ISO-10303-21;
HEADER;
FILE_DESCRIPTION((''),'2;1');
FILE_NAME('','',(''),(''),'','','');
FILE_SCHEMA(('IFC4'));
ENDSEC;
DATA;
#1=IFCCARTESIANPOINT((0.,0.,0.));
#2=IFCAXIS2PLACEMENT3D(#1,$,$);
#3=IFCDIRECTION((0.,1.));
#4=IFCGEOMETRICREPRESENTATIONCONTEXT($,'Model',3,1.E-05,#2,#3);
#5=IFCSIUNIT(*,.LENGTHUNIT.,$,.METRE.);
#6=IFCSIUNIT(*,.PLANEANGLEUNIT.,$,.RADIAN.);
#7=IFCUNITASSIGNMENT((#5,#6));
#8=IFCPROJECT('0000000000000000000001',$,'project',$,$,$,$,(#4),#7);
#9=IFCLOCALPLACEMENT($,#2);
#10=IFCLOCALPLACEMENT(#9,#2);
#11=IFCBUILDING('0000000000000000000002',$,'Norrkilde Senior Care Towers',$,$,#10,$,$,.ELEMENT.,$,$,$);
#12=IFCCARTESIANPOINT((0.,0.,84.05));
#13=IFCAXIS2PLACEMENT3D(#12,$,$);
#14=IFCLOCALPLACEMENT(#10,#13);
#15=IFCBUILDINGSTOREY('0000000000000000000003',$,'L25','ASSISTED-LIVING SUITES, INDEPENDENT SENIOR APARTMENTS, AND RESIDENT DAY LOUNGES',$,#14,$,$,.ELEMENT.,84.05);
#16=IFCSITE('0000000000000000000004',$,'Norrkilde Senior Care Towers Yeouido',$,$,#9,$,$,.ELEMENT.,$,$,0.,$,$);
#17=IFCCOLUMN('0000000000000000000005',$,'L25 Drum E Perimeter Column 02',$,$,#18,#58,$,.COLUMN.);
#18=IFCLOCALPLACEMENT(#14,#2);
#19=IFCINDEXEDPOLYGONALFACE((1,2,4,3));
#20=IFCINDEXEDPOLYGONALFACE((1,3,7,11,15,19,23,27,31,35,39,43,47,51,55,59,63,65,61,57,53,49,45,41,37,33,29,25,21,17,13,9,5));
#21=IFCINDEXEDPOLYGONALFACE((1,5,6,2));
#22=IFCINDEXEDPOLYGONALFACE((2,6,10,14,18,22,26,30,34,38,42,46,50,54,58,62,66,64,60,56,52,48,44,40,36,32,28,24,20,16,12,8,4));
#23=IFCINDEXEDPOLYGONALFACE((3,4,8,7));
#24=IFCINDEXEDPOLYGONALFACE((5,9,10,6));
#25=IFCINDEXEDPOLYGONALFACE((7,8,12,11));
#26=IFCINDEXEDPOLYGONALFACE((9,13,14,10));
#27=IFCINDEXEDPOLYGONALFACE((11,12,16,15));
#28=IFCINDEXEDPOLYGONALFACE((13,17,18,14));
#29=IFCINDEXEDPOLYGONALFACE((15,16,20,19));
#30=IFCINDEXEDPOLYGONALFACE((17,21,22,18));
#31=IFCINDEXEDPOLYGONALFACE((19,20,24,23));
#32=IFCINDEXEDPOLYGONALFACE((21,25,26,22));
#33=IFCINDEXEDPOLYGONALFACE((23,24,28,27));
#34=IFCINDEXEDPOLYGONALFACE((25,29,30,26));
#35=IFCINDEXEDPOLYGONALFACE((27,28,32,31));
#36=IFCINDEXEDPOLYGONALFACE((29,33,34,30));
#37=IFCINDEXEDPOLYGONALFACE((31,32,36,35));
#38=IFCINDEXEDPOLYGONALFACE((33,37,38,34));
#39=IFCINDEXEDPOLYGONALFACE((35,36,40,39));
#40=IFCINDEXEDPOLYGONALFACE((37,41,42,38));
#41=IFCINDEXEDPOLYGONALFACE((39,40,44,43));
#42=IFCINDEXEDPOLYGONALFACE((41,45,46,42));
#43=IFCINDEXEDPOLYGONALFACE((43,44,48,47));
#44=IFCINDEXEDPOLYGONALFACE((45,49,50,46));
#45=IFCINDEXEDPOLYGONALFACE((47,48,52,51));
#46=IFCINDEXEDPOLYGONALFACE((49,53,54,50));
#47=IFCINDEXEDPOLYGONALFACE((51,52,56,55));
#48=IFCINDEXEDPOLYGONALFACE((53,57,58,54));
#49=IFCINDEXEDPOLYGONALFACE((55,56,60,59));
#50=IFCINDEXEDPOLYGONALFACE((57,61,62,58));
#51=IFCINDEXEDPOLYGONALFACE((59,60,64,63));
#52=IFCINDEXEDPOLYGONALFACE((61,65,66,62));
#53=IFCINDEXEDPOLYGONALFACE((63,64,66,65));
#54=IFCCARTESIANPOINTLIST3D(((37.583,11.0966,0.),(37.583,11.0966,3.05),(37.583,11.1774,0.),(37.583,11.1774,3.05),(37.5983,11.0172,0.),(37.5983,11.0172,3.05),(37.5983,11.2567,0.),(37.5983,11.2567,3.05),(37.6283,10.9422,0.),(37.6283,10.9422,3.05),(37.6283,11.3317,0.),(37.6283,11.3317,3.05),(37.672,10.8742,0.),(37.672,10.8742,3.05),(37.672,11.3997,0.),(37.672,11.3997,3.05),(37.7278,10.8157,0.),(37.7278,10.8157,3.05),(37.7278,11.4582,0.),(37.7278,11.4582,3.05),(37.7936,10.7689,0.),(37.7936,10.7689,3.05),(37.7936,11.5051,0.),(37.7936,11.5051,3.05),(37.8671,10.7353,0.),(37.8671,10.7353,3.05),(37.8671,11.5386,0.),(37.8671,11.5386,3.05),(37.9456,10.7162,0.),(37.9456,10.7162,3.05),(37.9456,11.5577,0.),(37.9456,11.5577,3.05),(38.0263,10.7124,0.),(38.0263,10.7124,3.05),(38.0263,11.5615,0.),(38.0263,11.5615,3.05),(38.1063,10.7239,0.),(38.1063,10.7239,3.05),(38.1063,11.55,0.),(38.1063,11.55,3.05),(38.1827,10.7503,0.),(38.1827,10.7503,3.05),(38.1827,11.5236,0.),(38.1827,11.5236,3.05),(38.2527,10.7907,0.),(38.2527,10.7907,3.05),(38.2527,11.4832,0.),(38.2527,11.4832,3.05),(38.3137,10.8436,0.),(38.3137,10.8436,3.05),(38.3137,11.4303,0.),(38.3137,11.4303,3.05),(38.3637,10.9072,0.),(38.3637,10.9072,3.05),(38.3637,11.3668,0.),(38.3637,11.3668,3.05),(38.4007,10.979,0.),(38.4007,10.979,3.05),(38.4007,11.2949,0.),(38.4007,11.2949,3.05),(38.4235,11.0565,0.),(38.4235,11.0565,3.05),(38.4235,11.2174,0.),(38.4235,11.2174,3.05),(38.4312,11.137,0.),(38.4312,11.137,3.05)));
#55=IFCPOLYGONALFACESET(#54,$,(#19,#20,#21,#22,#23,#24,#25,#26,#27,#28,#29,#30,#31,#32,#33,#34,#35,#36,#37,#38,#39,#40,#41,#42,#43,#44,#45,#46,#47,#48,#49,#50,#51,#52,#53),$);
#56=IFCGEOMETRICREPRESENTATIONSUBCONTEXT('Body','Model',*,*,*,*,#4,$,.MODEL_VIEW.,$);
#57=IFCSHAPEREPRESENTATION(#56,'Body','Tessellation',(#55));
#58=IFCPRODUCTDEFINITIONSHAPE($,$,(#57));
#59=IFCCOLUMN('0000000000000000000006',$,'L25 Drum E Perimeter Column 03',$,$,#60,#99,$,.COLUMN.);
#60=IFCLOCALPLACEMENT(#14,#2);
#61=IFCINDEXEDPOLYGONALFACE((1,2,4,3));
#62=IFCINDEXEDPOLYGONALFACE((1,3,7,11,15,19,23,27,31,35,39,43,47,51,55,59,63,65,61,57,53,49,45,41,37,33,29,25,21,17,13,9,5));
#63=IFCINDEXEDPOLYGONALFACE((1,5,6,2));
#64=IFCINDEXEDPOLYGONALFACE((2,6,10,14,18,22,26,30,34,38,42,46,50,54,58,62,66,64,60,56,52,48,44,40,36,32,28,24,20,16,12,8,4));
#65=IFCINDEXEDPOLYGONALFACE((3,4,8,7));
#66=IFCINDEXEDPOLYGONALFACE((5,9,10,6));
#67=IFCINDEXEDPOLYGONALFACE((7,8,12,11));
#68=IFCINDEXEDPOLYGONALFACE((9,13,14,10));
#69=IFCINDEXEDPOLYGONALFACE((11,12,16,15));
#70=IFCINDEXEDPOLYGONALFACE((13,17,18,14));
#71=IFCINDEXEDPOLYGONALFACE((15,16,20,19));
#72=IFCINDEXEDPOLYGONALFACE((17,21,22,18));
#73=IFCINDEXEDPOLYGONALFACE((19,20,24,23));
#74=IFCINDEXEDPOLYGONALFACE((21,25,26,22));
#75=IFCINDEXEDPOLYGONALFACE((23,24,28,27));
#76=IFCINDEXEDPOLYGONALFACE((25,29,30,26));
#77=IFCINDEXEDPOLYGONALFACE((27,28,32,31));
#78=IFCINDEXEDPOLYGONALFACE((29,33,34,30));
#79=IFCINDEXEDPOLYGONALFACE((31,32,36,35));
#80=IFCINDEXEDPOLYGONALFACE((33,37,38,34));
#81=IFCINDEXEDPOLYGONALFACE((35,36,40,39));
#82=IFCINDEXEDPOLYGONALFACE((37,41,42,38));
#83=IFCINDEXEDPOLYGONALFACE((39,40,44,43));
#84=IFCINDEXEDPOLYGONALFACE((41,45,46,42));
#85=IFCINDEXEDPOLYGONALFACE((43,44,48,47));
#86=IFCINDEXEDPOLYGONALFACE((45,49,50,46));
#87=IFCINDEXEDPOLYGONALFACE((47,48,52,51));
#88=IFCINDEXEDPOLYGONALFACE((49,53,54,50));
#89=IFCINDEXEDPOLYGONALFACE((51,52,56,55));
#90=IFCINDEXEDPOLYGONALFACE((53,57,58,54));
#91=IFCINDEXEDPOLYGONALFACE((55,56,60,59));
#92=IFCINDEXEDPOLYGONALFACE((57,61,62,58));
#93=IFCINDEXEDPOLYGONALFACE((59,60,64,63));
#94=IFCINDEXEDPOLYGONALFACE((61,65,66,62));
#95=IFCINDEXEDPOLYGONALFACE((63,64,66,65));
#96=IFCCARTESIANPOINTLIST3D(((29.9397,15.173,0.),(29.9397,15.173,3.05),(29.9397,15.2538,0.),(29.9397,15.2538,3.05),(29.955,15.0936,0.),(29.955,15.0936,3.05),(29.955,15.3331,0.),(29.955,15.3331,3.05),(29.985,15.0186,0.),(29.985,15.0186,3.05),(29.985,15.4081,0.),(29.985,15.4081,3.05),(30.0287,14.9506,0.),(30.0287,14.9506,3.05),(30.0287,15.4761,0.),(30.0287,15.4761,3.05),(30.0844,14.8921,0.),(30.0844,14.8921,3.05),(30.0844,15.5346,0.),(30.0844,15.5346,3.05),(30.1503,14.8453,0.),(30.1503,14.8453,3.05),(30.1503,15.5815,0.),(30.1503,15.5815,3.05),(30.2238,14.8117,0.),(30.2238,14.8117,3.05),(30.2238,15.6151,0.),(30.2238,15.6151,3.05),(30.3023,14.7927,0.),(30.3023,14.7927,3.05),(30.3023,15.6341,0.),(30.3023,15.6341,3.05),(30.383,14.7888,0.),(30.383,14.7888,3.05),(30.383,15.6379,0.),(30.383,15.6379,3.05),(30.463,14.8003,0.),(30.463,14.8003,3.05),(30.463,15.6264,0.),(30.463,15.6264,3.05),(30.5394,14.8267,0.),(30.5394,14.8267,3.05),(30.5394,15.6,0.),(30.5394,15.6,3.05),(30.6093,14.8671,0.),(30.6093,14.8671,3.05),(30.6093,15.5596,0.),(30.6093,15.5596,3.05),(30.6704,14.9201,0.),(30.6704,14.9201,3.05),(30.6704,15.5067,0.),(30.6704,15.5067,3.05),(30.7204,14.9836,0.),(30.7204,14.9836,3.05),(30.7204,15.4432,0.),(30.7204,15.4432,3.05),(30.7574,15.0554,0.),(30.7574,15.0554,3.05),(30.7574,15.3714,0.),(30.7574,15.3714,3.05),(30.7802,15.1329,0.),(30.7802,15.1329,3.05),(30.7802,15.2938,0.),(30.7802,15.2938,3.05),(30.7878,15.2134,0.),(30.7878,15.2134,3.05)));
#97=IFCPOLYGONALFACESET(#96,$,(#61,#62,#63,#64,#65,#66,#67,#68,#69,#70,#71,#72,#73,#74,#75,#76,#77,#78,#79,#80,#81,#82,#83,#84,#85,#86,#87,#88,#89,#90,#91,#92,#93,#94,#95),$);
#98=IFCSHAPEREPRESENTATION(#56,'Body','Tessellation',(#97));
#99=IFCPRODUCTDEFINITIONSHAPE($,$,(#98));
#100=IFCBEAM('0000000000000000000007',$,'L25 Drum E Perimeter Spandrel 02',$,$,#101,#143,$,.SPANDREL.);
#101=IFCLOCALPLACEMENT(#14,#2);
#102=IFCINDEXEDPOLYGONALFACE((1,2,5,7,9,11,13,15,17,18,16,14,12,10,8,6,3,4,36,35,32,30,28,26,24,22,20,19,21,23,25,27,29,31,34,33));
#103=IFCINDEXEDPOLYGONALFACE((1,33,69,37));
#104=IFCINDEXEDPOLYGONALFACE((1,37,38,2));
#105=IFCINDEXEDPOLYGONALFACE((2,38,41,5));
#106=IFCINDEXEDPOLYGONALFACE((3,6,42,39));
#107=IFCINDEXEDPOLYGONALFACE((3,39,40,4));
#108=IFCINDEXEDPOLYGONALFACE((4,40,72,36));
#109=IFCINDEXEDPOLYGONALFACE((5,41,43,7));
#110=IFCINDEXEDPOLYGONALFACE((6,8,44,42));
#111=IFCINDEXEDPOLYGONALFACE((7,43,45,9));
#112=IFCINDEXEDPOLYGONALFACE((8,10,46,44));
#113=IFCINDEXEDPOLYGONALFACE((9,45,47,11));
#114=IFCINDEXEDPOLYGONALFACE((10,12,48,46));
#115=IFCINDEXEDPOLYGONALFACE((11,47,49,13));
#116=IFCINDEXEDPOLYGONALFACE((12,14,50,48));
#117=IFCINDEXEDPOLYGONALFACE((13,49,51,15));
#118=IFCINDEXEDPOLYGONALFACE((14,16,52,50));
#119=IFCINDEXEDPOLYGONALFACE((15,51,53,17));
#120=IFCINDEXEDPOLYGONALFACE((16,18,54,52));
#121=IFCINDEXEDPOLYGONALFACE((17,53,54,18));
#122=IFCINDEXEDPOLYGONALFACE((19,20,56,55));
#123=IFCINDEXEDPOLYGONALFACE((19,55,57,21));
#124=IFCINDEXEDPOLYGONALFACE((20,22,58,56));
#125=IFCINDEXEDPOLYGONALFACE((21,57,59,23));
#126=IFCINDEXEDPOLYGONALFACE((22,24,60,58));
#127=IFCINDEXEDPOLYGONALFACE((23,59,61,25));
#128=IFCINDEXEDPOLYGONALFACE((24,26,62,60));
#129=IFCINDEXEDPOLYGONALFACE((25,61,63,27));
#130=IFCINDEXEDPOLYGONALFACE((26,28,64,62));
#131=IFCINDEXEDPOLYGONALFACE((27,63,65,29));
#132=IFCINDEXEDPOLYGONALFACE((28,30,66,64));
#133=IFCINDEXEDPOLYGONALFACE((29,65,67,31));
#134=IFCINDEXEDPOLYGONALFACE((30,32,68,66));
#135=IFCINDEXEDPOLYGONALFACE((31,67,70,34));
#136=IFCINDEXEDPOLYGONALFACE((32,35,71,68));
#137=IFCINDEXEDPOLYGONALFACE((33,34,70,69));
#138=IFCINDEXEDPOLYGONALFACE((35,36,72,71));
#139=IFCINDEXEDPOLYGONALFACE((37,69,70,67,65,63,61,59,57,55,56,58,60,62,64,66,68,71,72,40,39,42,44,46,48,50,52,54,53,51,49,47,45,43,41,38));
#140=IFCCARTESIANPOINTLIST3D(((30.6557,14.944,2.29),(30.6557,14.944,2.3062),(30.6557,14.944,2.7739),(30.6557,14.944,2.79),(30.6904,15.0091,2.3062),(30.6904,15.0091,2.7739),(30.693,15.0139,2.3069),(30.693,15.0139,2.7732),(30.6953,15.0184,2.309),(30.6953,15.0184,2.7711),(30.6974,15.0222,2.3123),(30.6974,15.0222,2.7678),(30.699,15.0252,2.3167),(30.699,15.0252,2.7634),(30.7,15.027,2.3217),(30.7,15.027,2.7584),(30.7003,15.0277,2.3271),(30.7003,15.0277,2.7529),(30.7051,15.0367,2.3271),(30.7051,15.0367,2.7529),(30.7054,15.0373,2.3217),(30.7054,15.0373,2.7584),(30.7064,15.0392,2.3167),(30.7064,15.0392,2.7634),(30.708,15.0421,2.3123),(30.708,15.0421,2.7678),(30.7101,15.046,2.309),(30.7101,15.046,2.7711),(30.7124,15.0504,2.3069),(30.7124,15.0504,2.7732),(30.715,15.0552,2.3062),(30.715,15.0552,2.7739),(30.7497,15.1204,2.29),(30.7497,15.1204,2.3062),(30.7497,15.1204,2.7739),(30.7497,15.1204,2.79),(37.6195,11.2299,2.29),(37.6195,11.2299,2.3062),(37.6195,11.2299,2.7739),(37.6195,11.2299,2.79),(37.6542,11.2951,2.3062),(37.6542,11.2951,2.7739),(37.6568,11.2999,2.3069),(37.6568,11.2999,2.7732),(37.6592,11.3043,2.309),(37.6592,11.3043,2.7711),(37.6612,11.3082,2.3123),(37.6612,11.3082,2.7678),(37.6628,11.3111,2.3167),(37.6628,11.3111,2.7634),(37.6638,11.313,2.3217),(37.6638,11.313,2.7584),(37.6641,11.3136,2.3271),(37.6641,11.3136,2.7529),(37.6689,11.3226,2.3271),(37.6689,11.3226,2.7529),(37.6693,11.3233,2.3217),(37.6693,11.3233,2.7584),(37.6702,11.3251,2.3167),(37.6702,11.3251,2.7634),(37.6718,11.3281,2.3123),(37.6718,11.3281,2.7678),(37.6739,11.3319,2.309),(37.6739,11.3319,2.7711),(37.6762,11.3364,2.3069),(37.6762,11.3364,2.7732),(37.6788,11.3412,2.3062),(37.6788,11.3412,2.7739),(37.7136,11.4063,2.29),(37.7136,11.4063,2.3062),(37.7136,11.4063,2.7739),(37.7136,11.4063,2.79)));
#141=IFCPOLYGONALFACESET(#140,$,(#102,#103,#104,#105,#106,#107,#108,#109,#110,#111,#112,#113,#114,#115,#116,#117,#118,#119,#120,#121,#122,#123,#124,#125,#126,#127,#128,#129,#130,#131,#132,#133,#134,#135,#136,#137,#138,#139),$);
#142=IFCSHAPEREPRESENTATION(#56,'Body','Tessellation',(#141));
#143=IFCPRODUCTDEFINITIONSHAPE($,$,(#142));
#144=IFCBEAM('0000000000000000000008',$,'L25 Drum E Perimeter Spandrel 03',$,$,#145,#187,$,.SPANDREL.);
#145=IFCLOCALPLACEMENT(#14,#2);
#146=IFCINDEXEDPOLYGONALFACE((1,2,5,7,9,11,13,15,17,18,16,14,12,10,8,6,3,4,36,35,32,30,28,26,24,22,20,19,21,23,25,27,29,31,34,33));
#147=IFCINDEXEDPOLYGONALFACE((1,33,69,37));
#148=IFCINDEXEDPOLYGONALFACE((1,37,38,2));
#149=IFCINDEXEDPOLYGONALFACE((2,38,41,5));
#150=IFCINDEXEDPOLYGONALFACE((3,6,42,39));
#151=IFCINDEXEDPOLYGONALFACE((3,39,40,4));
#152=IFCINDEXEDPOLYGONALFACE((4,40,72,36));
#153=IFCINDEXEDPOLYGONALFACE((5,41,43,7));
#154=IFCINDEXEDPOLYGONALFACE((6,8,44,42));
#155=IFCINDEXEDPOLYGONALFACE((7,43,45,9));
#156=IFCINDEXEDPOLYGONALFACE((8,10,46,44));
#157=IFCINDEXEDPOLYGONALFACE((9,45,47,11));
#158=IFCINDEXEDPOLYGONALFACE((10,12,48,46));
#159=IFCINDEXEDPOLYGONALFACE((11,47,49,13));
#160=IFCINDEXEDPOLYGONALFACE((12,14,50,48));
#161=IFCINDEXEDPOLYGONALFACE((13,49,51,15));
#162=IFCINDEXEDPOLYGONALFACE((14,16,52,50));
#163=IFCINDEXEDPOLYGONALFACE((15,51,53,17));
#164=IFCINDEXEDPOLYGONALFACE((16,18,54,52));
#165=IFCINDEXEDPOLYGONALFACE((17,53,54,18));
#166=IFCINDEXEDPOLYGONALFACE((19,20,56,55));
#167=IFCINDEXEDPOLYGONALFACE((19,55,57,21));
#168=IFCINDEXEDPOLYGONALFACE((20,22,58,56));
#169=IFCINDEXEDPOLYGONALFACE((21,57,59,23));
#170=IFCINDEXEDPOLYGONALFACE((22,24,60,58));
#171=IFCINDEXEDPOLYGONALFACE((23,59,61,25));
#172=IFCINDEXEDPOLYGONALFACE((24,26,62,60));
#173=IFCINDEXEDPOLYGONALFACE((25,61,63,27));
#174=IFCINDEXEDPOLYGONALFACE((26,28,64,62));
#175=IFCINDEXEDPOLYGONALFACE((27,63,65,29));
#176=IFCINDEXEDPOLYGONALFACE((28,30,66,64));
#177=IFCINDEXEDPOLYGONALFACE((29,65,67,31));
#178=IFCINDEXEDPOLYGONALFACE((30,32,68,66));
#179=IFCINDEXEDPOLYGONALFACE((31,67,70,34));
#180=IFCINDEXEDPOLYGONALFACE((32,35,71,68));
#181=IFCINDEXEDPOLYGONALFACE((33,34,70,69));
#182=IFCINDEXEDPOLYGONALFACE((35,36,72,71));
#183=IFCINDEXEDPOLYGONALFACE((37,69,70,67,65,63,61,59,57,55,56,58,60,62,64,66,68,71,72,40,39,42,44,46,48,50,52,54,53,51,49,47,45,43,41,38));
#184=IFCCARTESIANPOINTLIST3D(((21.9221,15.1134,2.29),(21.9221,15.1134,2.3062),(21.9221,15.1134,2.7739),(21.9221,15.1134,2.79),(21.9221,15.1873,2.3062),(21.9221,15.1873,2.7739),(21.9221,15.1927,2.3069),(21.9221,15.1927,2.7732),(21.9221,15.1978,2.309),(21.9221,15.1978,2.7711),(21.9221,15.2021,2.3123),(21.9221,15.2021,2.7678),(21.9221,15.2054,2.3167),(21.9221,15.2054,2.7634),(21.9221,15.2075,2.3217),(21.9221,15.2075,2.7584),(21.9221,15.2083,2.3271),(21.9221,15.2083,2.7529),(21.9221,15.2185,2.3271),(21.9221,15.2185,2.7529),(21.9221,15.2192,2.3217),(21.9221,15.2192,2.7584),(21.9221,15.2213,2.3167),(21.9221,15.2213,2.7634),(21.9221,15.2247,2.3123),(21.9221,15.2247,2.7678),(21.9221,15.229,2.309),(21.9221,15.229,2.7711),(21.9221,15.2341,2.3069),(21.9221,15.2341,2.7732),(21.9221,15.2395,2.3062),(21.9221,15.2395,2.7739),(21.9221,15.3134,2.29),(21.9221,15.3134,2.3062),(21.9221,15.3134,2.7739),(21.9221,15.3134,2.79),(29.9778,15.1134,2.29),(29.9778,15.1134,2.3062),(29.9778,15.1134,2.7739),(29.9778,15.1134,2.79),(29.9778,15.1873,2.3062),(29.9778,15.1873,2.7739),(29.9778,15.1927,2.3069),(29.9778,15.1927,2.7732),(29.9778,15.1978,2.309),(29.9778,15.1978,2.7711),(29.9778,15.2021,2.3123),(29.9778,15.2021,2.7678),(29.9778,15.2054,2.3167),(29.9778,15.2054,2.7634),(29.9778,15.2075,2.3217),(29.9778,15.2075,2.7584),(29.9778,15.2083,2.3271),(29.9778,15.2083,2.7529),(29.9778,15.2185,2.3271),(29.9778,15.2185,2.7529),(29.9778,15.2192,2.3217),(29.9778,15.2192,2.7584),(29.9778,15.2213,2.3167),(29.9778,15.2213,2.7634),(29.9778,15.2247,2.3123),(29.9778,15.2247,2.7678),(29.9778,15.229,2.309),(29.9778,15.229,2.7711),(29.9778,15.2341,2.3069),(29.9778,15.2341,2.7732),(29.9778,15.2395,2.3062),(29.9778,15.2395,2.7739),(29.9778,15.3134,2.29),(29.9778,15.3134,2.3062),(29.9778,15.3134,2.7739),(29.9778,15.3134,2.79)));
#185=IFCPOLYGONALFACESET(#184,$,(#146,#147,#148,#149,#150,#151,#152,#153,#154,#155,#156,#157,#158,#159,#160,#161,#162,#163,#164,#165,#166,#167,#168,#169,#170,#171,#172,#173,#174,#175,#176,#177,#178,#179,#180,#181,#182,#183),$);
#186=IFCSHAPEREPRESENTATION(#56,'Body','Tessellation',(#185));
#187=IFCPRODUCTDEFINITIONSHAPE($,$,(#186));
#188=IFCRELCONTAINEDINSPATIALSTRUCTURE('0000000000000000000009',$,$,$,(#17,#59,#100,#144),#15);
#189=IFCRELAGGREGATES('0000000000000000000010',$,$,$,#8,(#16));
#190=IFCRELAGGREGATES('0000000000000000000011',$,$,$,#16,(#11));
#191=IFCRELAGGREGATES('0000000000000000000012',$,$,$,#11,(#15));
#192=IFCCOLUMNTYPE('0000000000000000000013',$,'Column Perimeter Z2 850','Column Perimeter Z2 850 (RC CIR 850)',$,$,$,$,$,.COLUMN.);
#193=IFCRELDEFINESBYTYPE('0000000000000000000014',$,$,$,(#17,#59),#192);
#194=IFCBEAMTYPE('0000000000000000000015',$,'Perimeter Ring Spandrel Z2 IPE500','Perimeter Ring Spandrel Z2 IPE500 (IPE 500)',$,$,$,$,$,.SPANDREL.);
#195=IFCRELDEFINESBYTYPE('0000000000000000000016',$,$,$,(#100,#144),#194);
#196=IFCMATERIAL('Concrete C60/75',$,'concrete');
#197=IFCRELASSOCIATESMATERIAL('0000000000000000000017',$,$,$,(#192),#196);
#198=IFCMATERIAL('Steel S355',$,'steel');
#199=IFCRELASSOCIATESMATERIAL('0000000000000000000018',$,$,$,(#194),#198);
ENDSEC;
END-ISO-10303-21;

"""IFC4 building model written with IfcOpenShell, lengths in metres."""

from ifc_helpers import new_model, si_unit, direction, frame, origin, origin_2d, place, context, subcontext, project, spatial, circle, i_section, extrude, source, transform, mapped, material, material_profile, profile_set, type_object, type_shapes, element, save


model = new_model("IFC4")

# Units and contexts
model_context = context("Model", 3, precision=1e-05, world=origin(), true_north=direction((0.0, 1.0)))
body_context = subcontext(model_context, "Body", "Model", "MODEL_VIEW")
ifc_project = project(units=[si_unit("LENGTHUNIT", "METRE"), si_unit("PLANEANGLEUNIT", "RADIAN")], contexts=[model_context])

# Site, building, storey
site_placement = place(None, origin())
site = spatial("IfcSite", under=ifc_project, at=site_placement, Name="Norrkilde Senior Care Towers Yeouido", CompositionType="ELEMENT", RefElevation=0.0)
building_placement = place(site_placement, origin())
building = spatial("IfcBuilding", under=site, at=building_placement, Name="Norrkilde Senior Care Towers", CompositionType="ELEMENT")
storey_placement = place(building_placement, frame((0.0, 0.0, 84.05)))
storey = spatial("IfcBuildingStorey", under=building, at=storey_placement, Name="L25", Description="ASSISTED-LIVING SUITES, INDEPENDENT SENIOR APARTMENTS, AND RESIDENT DAY LOUNGES", CompositionType="ELEMENT", Elevation=84.05)

# Columns
ifc_material_1 = material(Name="Concrete C60/75", Category="concrete")
ifc_material_profile_1 = material_profile(ifc_material_1, circle(Radius=0.425, at=origin_2d()), Name="RC CIR 850")
ifc_profile_set_1 = profile_set([ifc_material_profile_1], Name="Concrete C60/75")
column_type = type_object("IfcColumnType", Name="Column Perimeter Z2 850", Description="Column Perimeter Z2 850 (RC CIR 850)", PredefinedType="COLUMN", material=ifc_profile_set_1)
shared_shape_1 = source(origin(), body_context, "Body", "SweptSolid", [
    extrude(circle(Radius=0.425, at=origin_2d()), origin(), (0.0, 0.0, 1.0), 3.05),
])
type_shapes(column_type, [shared_shape_1])
for number, where, z_axis, x_axis, name in (
    (1, (38.0061, 11.137, 0.0), (0.0, 0.0, 1.0), (1.0, 0.0, 0.0), "L25 Drum E Perimeter Column 02"),
    (2, (30.3628, 15.2134, 0.0), (0.0, 0.0, 1.0), (1.0, 0.0, 0.0), "L25 Drum E Perimeter Column 03"),
):
    element("IfcColumn", number, at=place(storey_placement, frame(where, z_axis=z_axis, x_axis=x_axis)), inside=storey, type_object=column_type, Name=name, PredefinedType="COLUMN", context=body_context, shape_type="MappedRepresentation", body=[
        mapped(shared_shape_1, transform((0.0, 0.0, 0.0), x_axis=(1.0, 0.0, 0.0), y_axis=(0.0, 1.0, 0.0), z_axis=(0.0, 0.0, 1.0), scale=1.0)),
    ])

# Beams
ifc_material_2 = material(Name="Steel S355", Category="steel")
ifc_material_profile_2 = material_profile(ifc_material_2, i_section(OverallWidth=0.2, OverallDepth=0.5, WebThickness=0.0103, FlangeThickness=0.0161, FilletRadius=0.021, at=origin_2d()), Name="IPE 500")
ifc_profile_set_2 = profile_set([ifc_material_profile_2], Name="Steel S355")
beam_type = type_object("IfcBeamType", Name="Perimeter Ring Spandrel Z2 IPE500", Description="Perimeter Ring Spandrel Z2 IPE500 (IPE 500)", PredefinedType="SPANDREL", material=ifc_profile_set_2)
shared_shape_2 = source(origin(), body_context, "Body", "SweptSolid", [
    extrude(i_section(OverallWidth=0.2, OverallDepth=0.5, WebThickness=0.0103, FlangeThickness=0.0161, FilletRadius=0.021, at=origin_2d()), origin(), (0.0, 0.0, 1.0), 7.8923),
])
beam_1_placement = place(storey_placement, frame((37.6665, 11.3181, 2.54), z_axis=(-0.88235, 0.470593, 0.0), x_axis=(-0.470593, -0.88235, 0.0)))
element("IfcBeam", 3, at=beam_1_placement, inside=storey, type_object=beam_type, Name="L25 Drum E Perimeter Spandrel 02", PredefinedType="SPANDREL", context=body_context, shape_type="MappedRepresentation", body=[
    mapped(shared_shape_2, transform((0.0, 0.0, 0.0), x_axis=(1.0, 0.0, 0.0), y_axis=(0.0, 1.0, 0.0), z_axis=(0.0, 0.0, 1.0), scale=1.0)),
])
shared_shape_3 = source(origin(), body_context, "Body", "SweptSolid", [
    extrude(i_section(OverallWidth=0.2, OverallDepth=0.5, WebThickness=0.0103, FlangeThickness=0.0161, FilletRadius=0.021, at=origin_2d()), origin(), (0.0, 0.0, 1.0), 8.0557),
])
type_shapes(beam_type, [shared_shape_2, shared_shape_3])
beam_2_placement = place(storey_placement, frame((29.9778, 15.2134, 2.54), z_axis=(-1.0, 0.0, 0.0), x_axis=(0.0, -1.0, 0.0)))
element("IfcBeam", 4, at=beam_2_placement, inside=storey, type_object=beam_type, Name="L25 Drum E Perimeter Spandrel 03", PredefinedType="SPANDREL", context=body_context, shape_type="MappedRepresentation", body=[
    mapped(shared_shape_3, transform((0.0, 0.0, 0.0), x_axis=(1.0, 0.0, 0.0), y_axis=(0.0, 1.0, 0.0), z_axis=(0.0, 0.0, 1.0), scale=1.0)),
])

save(model, "model.ifc")
